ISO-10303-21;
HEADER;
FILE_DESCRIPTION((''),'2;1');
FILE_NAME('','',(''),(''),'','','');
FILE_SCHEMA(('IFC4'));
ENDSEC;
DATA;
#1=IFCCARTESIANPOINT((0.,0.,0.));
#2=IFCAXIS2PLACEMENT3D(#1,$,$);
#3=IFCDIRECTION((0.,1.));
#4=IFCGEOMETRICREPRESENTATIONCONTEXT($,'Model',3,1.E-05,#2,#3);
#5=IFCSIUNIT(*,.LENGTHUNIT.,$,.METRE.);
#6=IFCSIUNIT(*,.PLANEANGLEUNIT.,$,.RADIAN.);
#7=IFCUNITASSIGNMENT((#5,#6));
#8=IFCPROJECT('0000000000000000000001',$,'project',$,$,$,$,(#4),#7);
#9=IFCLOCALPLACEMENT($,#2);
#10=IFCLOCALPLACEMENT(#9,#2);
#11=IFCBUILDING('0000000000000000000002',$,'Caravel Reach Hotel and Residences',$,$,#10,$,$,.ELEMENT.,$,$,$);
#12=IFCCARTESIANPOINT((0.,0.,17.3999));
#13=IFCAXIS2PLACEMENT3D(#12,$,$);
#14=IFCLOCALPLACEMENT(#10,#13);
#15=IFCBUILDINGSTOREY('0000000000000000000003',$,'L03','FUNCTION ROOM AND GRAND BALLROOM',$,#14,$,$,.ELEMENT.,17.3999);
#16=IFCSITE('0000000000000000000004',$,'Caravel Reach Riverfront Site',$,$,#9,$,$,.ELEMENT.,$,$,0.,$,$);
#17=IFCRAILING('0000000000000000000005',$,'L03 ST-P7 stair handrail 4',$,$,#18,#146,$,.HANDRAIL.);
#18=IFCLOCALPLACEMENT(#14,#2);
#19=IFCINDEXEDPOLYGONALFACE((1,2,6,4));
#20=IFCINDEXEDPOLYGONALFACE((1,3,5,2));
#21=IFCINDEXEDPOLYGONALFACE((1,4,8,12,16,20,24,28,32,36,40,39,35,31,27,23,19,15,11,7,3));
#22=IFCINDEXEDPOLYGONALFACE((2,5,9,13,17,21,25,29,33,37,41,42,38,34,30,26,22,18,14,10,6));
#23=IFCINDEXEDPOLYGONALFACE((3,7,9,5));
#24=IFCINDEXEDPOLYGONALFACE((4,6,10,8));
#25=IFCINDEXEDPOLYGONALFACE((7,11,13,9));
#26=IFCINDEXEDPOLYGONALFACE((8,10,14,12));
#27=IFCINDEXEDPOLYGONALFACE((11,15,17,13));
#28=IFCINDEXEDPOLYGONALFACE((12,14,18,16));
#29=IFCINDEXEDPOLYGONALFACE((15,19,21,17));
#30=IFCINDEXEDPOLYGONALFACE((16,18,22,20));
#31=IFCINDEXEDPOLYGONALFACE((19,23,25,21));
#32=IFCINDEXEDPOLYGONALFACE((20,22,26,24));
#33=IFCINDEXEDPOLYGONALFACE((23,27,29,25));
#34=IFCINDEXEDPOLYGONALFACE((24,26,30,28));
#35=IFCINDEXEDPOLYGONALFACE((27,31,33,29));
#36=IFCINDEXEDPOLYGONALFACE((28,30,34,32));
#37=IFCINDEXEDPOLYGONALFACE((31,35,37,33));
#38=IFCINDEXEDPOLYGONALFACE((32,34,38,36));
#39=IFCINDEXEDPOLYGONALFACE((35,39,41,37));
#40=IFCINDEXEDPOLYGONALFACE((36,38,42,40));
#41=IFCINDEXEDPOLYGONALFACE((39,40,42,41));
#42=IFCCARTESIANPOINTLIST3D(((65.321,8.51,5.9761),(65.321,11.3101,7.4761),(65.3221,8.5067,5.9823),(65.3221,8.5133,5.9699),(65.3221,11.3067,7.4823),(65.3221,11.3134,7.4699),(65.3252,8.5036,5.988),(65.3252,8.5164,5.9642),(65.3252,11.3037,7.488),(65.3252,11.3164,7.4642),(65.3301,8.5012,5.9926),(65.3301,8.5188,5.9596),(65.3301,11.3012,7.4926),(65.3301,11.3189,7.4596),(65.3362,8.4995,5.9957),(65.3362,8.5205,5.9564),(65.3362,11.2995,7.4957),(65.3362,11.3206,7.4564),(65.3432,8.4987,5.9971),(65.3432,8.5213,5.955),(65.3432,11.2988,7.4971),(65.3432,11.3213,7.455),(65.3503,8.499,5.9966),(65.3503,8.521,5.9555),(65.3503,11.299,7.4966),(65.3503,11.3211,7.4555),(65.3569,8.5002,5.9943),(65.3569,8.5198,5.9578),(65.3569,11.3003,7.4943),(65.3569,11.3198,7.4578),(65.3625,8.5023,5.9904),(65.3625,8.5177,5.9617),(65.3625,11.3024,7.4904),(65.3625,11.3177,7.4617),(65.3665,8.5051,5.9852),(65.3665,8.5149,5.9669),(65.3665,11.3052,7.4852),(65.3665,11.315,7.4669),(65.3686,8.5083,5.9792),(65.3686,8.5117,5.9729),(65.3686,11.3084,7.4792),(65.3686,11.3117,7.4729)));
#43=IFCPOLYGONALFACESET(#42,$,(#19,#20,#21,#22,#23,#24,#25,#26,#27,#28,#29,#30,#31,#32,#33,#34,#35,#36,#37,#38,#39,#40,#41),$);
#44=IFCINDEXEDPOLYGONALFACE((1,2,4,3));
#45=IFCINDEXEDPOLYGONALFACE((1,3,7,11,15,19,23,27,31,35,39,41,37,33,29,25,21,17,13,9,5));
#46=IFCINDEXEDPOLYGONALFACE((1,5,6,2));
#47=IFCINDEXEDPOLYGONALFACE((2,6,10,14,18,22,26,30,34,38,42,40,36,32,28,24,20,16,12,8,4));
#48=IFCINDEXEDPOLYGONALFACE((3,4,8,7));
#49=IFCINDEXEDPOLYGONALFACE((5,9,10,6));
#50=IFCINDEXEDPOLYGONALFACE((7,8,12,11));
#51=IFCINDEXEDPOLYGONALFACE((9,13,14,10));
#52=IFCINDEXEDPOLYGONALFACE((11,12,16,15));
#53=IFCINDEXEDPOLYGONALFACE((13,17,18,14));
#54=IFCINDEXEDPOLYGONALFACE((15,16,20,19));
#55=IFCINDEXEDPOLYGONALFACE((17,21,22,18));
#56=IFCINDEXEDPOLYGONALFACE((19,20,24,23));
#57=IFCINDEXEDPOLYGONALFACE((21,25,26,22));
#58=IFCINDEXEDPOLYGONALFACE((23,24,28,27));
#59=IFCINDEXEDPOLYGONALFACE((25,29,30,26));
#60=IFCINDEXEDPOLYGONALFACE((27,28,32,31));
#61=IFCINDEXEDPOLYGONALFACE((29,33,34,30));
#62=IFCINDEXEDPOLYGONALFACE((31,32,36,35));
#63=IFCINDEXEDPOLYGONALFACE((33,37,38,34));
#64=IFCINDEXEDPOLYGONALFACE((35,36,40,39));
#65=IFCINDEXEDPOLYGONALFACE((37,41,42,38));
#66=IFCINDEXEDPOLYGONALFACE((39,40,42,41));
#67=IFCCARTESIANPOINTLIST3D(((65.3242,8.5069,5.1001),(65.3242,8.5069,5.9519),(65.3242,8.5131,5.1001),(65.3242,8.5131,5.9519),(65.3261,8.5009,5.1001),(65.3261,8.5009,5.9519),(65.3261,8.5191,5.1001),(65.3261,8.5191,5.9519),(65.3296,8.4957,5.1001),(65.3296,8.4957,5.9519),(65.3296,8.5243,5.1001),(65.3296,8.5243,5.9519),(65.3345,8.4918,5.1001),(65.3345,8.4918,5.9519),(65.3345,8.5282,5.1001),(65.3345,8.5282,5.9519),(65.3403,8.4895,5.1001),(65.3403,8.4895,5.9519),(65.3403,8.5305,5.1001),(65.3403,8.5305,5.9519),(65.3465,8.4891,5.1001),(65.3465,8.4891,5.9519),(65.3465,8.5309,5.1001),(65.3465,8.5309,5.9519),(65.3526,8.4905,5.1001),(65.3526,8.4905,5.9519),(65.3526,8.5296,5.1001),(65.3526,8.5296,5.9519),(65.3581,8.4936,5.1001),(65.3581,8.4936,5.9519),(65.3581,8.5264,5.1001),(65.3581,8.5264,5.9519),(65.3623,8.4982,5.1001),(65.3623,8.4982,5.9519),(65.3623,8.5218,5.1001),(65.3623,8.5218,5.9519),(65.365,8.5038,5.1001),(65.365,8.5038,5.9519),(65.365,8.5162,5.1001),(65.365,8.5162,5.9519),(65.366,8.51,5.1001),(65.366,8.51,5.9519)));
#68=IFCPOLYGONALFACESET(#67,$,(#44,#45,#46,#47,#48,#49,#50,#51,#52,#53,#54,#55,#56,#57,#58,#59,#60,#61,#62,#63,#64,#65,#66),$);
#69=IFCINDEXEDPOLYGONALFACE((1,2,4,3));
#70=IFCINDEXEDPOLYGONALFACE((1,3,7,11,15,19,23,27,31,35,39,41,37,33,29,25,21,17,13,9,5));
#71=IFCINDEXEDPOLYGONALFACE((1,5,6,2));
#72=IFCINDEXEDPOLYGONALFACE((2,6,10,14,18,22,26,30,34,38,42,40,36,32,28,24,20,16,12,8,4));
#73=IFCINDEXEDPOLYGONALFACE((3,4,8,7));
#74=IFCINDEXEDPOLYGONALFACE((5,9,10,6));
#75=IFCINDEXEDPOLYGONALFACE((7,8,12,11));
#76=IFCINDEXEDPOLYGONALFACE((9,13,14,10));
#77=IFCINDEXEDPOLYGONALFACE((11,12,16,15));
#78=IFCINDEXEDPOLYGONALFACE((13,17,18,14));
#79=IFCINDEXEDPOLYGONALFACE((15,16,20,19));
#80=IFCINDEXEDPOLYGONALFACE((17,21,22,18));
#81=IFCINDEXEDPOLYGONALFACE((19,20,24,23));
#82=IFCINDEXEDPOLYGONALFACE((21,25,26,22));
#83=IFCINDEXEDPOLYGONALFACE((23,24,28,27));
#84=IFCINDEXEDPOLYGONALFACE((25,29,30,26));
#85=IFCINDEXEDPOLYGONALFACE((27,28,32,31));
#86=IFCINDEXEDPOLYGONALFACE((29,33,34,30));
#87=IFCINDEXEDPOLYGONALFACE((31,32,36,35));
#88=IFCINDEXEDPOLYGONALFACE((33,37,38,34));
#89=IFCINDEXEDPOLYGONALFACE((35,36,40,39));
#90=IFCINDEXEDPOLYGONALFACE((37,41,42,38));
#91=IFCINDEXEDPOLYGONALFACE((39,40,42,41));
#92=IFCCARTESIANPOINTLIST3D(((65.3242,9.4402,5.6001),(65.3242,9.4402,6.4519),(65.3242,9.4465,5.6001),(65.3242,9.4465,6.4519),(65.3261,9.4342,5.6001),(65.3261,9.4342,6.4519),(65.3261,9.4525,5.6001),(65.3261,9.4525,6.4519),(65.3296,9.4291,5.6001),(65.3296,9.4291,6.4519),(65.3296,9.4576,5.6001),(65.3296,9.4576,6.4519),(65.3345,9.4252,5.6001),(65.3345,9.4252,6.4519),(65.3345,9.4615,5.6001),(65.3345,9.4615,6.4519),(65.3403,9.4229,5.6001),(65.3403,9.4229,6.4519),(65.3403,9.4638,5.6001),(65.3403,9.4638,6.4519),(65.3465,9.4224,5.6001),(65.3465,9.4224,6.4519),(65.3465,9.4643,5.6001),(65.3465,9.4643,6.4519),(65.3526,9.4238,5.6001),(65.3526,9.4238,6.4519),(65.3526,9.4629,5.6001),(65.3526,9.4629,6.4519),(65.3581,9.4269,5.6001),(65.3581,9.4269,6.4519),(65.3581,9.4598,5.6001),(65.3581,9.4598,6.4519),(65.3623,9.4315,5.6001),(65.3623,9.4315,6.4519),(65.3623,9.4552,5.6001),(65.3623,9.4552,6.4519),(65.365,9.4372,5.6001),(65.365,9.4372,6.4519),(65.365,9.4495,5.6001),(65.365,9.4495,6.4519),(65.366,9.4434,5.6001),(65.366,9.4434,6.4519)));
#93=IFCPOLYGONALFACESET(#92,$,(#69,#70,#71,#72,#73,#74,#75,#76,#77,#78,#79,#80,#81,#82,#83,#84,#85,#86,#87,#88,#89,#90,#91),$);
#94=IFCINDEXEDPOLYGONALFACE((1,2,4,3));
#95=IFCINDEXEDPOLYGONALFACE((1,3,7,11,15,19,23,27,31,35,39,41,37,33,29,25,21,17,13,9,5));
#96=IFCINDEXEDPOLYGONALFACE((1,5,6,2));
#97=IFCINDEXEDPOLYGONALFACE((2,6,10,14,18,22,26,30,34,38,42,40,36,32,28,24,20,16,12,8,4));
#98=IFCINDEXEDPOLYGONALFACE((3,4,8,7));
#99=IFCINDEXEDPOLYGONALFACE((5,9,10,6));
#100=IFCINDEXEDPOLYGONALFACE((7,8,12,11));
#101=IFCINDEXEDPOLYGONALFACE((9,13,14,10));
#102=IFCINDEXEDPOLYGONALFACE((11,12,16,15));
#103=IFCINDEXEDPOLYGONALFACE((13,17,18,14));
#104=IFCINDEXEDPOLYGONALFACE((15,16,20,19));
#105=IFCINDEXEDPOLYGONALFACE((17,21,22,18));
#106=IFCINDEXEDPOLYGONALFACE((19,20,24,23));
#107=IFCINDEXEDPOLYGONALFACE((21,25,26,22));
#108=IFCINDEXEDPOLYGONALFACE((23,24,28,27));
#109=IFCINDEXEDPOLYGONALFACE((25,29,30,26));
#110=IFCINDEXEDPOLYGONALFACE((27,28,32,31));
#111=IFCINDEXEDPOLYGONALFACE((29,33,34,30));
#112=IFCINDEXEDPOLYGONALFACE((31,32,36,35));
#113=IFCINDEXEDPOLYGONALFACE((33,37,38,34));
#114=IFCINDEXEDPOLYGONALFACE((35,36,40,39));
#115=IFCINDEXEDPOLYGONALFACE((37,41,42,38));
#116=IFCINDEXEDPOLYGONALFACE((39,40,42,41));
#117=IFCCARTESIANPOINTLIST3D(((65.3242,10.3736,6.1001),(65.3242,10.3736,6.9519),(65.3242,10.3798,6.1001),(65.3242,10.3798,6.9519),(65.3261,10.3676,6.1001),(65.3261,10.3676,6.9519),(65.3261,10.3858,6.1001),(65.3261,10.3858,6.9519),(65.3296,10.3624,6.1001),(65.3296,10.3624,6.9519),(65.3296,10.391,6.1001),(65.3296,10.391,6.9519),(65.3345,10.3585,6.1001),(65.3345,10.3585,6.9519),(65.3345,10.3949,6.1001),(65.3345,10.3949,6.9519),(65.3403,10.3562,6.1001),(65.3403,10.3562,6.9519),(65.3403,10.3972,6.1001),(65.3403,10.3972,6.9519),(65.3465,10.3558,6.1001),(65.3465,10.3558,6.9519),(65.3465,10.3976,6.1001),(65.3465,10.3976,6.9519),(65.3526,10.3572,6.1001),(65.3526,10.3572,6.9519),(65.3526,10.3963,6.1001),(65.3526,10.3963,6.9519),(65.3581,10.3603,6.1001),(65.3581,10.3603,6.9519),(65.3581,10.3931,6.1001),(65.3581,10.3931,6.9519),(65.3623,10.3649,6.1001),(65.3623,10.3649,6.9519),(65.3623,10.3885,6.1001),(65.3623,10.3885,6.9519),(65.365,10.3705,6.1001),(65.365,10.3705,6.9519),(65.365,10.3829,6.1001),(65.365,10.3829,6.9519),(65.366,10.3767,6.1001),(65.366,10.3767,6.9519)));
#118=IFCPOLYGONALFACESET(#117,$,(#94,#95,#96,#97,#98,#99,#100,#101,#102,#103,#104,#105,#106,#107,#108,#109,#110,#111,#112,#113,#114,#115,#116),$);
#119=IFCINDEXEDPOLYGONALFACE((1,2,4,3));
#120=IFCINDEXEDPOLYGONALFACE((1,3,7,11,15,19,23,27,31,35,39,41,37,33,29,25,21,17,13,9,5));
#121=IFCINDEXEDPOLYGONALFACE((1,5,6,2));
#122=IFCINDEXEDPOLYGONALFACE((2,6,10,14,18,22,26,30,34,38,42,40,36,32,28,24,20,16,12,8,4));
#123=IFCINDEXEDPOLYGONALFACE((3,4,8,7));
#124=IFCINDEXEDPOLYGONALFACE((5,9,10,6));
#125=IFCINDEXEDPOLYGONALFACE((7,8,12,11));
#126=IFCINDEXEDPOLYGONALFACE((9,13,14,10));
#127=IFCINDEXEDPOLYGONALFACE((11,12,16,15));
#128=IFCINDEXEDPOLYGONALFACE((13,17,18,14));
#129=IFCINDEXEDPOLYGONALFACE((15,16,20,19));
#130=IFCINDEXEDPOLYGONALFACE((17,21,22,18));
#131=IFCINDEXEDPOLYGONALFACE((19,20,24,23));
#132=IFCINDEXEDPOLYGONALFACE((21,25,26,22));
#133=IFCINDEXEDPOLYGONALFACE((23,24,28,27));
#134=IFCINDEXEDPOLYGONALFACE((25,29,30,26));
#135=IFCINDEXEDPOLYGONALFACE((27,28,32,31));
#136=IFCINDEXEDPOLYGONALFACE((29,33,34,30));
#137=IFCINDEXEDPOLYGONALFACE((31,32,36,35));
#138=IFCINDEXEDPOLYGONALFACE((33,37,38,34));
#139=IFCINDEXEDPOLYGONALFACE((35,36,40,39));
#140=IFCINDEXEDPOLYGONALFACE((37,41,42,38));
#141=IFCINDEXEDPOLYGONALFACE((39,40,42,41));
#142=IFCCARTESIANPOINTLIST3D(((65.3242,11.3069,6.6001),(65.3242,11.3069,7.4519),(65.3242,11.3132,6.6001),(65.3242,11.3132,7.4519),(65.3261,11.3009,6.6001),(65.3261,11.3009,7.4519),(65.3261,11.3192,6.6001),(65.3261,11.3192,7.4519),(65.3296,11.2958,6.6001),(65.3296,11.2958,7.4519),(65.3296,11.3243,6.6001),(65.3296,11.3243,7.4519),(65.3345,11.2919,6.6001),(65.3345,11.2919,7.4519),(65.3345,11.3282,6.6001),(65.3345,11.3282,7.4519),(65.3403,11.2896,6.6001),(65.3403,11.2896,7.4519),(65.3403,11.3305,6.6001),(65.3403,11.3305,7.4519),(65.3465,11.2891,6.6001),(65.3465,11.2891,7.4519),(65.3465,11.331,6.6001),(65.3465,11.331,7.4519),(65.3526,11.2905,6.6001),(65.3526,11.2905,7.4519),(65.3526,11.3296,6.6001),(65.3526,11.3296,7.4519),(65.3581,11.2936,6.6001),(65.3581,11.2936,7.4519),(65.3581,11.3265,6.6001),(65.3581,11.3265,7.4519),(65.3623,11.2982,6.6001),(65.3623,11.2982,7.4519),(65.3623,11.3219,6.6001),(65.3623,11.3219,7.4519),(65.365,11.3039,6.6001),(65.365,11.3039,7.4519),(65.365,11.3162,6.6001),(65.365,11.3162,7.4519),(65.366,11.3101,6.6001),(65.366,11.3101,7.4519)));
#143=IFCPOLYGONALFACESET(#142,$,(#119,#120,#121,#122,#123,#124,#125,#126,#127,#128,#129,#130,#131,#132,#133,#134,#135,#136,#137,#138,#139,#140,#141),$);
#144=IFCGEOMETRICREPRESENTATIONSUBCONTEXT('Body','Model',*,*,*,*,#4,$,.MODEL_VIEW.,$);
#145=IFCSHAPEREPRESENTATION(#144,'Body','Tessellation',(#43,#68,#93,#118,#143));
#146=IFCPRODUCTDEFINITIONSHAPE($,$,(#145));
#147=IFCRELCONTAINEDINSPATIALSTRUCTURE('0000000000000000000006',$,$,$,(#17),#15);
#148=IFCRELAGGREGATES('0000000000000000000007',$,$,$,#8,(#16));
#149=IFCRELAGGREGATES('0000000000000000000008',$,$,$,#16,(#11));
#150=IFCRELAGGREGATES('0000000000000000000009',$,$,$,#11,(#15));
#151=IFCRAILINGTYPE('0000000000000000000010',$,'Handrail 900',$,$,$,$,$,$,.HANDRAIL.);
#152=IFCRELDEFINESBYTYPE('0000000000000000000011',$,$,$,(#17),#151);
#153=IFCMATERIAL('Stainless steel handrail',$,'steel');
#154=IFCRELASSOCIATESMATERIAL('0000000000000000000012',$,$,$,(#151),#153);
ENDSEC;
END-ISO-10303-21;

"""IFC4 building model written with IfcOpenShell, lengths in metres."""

from ifc_helpers import new_model, si_unit, direction, frame, origin, origin_2d, place, context, subcontext, project, spatial, circle, extrude, material, type_object, element, save


model = new_model("IFC4")

# Units and contexts
model_context = context("Model", 3, precision=1e-05, world=origin(), true_north=direction((0.0, 1.0)))
body_context = subcontext(model_context, "Body", "Model", "MODEL_VIEW")
ifc_project = project(units=[si_unit("LENGTHUNIT", "METRE"), si_unit("PLANEANGLEUNIT", "RADIAN")], contexts=[model_context])

# Site, building, storey
site_placement = place(None, origin())
site = spatial("IfcSite", under=ifc_project, at=site_placement, Name="Caravel Reach Riverfront Site", CompositionType="ELEMENT", RefElevation=0.0)
building_placement = place(site_placement, origin())
building = spatial("IfcBuilding", under=site, at=building_placement, Name="Caravel Reach Hotel and Residences", CompositionType="ELEMENT")
storey_placement = place(building_placement, frame((0.0, 0.0, 17.3999)))
storey = spatial("IfcBuildingStorey", under=building, at=storey_placement, Name="L03", Description="FUNCTION ROOM AND GRAND BALLROOM", CompositionType="ELEMENT", Elevation=17.3999)

# Railing
ifc_material_1 = material(Name="Stainless steel handrail", Category="steel")
railing_type_1 = type_object("IfcRailingType", Name="Handrail 900", PredefinedType="HANDRAIL", material=ifc_material_1)
for number, where, name in (
    (1, (65.345, 8.51, 5.1001), "L03 ST-P7 stair handrail 4"),
):
    element("IfcRailing", number, at=place(storey_placement, frame(where)), inside=storey, type_object=railing_type_1, Name=name, PredefinedType="HANDRAIL", context=body_context, shape_type="SweptSolid", body=[
        extrude(circle(Radius=0.0239, at=origin_2d()), frame((0.0, 0.0, 0.876), z_axis=(0.0, 0.881483, 0.472215), x_axis=(-1.0, 0.0, 0.0)), (0.0, 0.0, 1.0), 3.1765),
        extrude(circle(Radius=0.021, at=origin_2d()), origin(), (0.0, 0.0, 1.0), 0.8518),
        extrude(circle(Radius=0.021, at=origin_2d()), frame((0.0, 0.9333, 0.5)), (0.0, 0.0, 1.0), 0.8518),
        extrude(circle(Radius=0.021, at=origin_2d()), frame((0.0, 1.8667, 1.0)), (0.0, 0.0, 1.0), 0.8518),
        extrude(circle(Radius=0.021, at=origin_2d()), frame((0.0, 2.8, 1.5)), (0.0, 0.0, 1.0), 0.8518),
    ])

save(model, "model.ifc")
